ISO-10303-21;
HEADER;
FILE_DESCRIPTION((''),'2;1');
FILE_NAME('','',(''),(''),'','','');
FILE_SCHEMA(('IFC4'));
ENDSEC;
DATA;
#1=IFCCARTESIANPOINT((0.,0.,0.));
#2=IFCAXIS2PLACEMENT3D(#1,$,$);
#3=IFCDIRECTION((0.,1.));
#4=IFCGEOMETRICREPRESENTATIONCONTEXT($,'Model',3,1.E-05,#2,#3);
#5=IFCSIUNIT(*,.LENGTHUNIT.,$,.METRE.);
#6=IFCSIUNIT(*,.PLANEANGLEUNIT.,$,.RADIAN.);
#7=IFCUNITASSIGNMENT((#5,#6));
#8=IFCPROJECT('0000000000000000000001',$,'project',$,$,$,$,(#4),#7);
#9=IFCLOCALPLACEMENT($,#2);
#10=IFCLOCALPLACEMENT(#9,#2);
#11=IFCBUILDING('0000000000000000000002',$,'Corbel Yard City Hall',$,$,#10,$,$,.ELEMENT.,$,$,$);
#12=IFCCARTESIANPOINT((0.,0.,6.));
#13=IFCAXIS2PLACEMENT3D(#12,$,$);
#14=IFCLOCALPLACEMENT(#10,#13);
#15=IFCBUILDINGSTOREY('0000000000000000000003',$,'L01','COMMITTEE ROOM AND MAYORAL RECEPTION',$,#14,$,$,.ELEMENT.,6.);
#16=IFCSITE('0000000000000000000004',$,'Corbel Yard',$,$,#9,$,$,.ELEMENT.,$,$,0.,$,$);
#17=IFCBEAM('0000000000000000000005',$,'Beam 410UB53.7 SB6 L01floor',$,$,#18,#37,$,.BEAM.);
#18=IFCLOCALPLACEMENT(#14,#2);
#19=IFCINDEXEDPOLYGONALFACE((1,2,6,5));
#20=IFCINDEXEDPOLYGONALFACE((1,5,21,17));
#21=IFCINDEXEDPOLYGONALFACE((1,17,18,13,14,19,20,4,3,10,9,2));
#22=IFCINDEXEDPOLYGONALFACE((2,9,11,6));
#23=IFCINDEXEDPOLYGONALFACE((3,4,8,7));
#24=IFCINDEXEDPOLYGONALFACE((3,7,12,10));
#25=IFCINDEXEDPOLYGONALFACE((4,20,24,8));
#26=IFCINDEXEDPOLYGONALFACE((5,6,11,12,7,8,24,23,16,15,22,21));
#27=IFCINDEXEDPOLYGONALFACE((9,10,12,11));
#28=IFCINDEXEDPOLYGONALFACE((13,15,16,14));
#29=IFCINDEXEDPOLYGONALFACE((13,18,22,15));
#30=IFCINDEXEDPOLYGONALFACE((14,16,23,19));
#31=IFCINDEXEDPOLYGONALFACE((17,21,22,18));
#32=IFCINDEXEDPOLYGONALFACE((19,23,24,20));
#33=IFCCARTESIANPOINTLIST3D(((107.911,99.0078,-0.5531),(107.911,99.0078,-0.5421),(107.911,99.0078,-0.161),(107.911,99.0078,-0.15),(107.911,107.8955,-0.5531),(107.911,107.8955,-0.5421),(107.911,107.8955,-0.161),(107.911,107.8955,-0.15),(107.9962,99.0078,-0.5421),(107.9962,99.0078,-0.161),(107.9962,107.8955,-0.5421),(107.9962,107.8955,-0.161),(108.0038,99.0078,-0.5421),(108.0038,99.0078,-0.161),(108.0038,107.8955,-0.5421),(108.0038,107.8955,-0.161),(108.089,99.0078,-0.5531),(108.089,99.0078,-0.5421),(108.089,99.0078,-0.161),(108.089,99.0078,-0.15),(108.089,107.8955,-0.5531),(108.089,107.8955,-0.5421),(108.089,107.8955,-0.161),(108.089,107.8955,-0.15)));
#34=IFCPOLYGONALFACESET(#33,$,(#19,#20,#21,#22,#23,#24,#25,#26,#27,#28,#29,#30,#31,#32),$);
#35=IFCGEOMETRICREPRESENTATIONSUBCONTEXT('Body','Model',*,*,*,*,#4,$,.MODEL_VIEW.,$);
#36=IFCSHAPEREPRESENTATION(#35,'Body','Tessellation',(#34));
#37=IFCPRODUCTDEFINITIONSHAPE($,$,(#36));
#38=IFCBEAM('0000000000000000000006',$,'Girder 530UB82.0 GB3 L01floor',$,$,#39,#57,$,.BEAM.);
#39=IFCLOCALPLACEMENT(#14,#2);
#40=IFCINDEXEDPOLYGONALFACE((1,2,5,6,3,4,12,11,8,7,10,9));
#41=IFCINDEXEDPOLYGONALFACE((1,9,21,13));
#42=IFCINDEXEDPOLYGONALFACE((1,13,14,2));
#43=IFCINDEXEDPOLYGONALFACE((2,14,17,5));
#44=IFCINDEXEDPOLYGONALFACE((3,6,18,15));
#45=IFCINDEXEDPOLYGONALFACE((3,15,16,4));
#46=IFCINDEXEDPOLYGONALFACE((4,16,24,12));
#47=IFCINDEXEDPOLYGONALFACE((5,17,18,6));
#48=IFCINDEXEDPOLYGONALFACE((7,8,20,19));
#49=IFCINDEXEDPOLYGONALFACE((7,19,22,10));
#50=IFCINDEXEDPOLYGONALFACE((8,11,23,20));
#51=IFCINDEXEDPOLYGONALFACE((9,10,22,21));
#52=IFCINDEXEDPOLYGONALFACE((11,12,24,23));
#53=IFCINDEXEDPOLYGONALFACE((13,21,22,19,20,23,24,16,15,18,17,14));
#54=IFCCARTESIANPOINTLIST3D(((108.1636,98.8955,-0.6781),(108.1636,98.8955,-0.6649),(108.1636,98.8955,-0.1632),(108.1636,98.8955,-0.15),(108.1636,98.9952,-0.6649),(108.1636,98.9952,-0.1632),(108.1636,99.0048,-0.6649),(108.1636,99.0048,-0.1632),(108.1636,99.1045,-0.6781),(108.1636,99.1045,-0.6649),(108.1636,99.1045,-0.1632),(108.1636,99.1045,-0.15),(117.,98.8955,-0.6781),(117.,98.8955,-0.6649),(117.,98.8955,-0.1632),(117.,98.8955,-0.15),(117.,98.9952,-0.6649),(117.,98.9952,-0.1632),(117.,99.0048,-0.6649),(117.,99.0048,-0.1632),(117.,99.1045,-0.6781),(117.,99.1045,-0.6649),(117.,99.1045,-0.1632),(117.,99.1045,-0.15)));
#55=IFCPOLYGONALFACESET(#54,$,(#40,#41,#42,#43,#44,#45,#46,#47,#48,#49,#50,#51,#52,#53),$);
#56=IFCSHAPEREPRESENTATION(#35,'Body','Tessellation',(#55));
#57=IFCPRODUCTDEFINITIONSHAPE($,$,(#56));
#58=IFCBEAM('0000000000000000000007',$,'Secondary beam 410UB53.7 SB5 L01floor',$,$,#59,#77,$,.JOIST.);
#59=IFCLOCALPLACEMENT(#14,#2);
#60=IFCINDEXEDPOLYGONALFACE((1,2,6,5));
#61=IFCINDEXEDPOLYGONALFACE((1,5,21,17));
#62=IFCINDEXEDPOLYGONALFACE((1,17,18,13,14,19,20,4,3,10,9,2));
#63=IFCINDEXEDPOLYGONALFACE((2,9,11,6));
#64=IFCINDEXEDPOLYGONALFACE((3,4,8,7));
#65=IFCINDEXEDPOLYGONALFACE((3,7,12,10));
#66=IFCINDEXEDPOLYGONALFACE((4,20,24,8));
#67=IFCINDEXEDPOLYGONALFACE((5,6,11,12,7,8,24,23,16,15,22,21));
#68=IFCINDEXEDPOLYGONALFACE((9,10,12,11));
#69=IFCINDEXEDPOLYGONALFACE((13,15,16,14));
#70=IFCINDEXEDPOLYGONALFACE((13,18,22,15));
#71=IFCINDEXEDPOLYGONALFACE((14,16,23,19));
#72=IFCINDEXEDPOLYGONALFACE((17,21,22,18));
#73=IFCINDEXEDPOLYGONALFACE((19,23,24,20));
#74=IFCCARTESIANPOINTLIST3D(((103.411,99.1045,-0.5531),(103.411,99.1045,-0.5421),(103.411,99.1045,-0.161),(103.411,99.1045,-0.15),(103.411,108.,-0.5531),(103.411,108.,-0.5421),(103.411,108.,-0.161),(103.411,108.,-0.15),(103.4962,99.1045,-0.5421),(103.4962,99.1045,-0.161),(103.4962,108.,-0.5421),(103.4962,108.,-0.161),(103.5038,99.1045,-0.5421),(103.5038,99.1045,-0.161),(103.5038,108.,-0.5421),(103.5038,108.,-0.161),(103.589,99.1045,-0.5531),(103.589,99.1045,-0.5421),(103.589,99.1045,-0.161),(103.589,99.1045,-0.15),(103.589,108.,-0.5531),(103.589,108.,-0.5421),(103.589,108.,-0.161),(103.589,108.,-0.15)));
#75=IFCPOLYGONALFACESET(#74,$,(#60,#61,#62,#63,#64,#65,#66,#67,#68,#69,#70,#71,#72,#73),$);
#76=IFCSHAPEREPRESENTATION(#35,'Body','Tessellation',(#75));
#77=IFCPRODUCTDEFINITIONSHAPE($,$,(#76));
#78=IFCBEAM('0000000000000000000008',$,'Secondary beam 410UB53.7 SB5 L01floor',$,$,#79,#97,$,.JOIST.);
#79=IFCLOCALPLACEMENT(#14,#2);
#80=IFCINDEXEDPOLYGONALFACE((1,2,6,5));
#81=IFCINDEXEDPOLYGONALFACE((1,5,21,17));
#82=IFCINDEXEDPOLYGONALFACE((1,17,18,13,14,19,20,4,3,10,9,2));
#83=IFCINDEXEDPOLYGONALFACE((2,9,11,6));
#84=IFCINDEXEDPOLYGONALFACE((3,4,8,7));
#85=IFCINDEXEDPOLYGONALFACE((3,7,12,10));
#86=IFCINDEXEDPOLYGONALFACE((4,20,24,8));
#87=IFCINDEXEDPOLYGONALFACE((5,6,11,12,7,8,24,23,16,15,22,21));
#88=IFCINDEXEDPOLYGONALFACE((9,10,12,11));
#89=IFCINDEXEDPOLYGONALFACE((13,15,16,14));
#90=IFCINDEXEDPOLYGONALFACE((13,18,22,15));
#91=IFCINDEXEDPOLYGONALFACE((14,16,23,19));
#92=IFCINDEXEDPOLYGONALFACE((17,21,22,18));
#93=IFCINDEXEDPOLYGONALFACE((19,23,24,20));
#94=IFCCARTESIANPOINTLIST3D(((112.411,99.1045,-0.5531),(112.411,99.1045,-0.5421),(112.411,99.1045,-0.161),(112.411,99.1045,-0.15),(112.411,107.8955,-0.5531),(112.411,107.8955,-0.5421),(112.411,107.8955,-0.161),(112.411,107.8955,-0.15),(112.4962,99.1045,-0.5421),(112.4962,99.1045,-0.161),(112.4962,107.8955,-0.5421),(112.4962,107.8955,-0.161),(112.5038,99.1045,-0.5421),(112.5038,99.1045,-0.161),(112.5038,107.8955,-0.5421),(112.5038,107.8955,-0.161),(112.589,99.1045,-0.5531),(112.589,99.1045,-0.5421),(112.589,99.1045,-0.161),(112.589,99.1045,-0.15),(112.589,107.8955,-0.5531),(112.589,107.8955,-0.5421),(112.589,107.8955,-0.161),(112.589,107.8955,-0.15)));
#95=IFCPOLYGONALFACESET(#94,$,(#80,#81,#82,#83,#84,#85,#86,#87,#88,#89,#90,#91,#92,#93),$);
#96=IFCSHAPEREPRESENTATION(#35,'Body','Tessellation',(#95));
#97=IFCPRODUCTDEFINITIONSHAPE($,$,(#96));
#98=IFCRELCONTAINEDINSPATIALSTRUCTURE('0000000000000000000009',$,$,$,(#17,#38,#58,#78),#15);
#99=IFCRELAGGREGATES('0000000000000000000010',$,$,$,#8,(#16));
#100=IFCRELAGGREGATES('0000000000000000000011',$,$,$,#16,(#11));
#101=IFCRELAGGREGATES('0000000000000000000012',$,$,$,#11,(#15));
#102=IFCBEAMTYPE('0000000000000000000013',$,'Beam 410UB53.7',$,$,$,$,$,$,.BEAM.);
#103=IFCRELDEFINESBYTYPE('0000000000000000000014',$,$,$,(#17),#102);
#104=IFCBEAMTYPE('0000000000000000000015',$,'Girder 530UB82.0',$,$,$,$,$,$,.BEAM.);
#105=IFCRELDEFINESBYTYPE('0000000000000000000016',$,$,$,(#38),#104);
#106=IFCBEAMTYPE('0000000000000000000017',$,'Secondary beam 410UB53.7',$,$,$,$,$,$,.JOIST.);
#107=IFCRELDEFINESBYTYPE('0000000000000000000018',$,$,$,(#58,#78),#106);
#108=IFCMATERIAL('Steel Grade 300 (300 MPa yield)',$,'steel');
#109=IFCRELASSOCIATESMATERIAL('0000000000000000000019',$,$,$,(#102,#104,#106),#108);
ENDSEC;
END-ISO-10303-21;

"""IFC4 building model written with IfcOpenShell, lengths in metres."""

from ifc_helpers import new_model, si_unit, direction, frame, origin, origin_2d, place, context, subcontext, project, spatial, i_section, extrude, material, material_profile, profile_set, type_object, element, save


model = new_model("IFC4")

# Units and contexts
model_context = context("Model", 3, precision=1e-05, world=origin(), true_north=direction((0.0, 1.0)))
body_context = subcontext(model_context, "Body", "Model", "MODEL_VIEW")
ifc_project = project(units=[si_unit("LENGTHUNIT", "METRE"), si_unit("PLANEANGLEUNIT", "RADIAN")], contexts=[model_context])

# Site, building, storey
site_placement = place(None, origin())
site = spatial("IfcSite", under=ifc_project, at=site_placement, Name="Corbel Yard", CompositionType="ELEMENT", RefElevation=0.0)
building_placement = place(site_placement, origin())
building = spatial("IfcBuilding", under=site, at=building_placement, Name="Corbel Yard City Hall", CompositionType="ELEMENT")
storey_placement = place(building_placement, frame((0.0, 0.0, 6.0)))
storey = spatial("IfcBuildingStorey", under=building, at=storey_placement, Name="L01", Description="COMMITTEE ROOM AND MAYORAL RECEPTION", CompositionType="ELEMENT", Elevation=6.0)

# Beams
ifc_material_1 = material(Name="Steel Grade 300 (300 MPa yield)", Category="steel")
ifc_material_profile_1 = material_profile(ifc_material_1, i_section(OverallWidth=0.178, OverallDepth=0.4031, WebThickness=0.0076, FlangeThickness=0.011, at=origin_2d()), Name="410UB53.7")
ifc_profile_set_1 = profile_set([ifc_material_profile_1], Name="Steel Grade 300 (300 MPa yield)")
beam_type_1 = type_object("IfcBeamType", Name="Beam 410UB53.7", PredefinedType="BEAM", material=ifc_profile_set_1)
beam_1_placement = place(storey_placement, frame((108.0, 99.0078, -0.3516), z_axis=(0.0, 1.0, 0.0), x_axis=(-1.0, 0.0, 0.0)))
element("IfcBeam", 1, at=beam_1_placement, inside=storey, type_object=beam_type_1, Name="Beam 410UB53.7 SB6 L01floor", PredefinedType="BEAM", context=body_context, shape_type="SweptSolid", body=[
    extrude(i_section(OverallWidth=0.178, OverallDepth=0.4031, WebThickness=0.0076, FlangeThickness=0.011, at=origin_2d()), origin(), (0.0, 0.0, 1.0), 8.8877),
])
ifc_material_profile_2 = material_profile(ifc_material_1, i_section(OverallWidth=0.209, OverallDepth=0.5281, WebThickness=0.0095, FlangeThickness=0.0132, at=origin_2d()), Name="530UB82.0")
ifc_profile_set_2 = profile_set([ifc_material_profile_2], Name="Steel Grade 300 (300 MPa yield)")
beam_type_2 = type_object("IfcBeamType", Name="Girder 530UB82.0", PredefinedType="BEAM", material=ifc_profile_set_2)
beam_2_placement = place(storey_placement, frame((108.1636, 99.0, -0.4141), z_axis=(1.0, 0.0, 0.0), x_axis=(0.0, 1.0, 0.0)))
element("IfcBeam", 2, at=beam_2_placement, inside=storey, type_object=beam_type_2, Name="Girder 530UB82.0 GB3 L01floor", PredefinedType="BEAM", context=body_context, shape_type="SweptSolid", body=[
    extrude(i_section(OverallWidth=0.209, OverallDepth=0.5281, WebThickness=0.0095, FlangeThickness=0.0132, at=origin_2d()), origin(), (0.0, 0.0, 1.0), 8.8364),
])
ifc_material_profile_3 = material_profile(ifc_material_1, i_section(OverallWidth=0.178, OverallDepth=0.4031, WebThickness=0.0076, FlangeThickness=0.011, at=origin_2d()), Name="410UB53.7")
ifc_profile_set_3 = profile_set([ifc_material_profile_3], Name="Steel Grade 300 (300 MPa yield)")
beam_type_3 = type_object("IfcBeamType", Name="Secondary beam 410UB53.7", PredefinedType="JOIST", material=ifc_profile_set_3)
beam_3_placement = place(storey_placement, frame((103.5, 99.1045, -0.3516), z_axis=(0.0, 1.0, 0.0), x_axis=(-1.0, 0.0, 0.0)))
element("IfcBeam", 3, at=beam_3_placement, inside=storey, type_object=beam_type_3, Name="Secondary beam 410UB53.7 SB5 L01floor", PredefinedType="JOIST", context=body_context, shape_type="SweptSolid", body=[
    extrude(i_section(OverallWidth=0.178, OverallDepth=0.4031, WebThickness=0.0076, FlangeThickness=0.011, at=origin_2d()), origin(), (0.0, 0.0, 1.0), 8.8955),
])
beam_4_placement = place(storey_placement, frame((112.5, 99.1045, -0.3516), z_axis=(0.0, 1.0, 0.0), x_axis=(-1.0, 0.0, 0.0)))
element("IfcBeam", 4, at=beam_4_placement, inside=storey, type_object=beam_type_3, Name="Secondary beam 410UB53.7 SB5 L01floor", PredefinedType="JOIST", context=body_context, shape_type="SweptSolid", body=[
    extrude(i_section(OverallWidth=0.178, OverallDepth=0.4031, WebThickness=0.0076, FlangeThickness=0.011, at=origin_2d()), origin(), (0.0, 0.0, 1.0), 8.791),
])

save(model, "model.ifc")
